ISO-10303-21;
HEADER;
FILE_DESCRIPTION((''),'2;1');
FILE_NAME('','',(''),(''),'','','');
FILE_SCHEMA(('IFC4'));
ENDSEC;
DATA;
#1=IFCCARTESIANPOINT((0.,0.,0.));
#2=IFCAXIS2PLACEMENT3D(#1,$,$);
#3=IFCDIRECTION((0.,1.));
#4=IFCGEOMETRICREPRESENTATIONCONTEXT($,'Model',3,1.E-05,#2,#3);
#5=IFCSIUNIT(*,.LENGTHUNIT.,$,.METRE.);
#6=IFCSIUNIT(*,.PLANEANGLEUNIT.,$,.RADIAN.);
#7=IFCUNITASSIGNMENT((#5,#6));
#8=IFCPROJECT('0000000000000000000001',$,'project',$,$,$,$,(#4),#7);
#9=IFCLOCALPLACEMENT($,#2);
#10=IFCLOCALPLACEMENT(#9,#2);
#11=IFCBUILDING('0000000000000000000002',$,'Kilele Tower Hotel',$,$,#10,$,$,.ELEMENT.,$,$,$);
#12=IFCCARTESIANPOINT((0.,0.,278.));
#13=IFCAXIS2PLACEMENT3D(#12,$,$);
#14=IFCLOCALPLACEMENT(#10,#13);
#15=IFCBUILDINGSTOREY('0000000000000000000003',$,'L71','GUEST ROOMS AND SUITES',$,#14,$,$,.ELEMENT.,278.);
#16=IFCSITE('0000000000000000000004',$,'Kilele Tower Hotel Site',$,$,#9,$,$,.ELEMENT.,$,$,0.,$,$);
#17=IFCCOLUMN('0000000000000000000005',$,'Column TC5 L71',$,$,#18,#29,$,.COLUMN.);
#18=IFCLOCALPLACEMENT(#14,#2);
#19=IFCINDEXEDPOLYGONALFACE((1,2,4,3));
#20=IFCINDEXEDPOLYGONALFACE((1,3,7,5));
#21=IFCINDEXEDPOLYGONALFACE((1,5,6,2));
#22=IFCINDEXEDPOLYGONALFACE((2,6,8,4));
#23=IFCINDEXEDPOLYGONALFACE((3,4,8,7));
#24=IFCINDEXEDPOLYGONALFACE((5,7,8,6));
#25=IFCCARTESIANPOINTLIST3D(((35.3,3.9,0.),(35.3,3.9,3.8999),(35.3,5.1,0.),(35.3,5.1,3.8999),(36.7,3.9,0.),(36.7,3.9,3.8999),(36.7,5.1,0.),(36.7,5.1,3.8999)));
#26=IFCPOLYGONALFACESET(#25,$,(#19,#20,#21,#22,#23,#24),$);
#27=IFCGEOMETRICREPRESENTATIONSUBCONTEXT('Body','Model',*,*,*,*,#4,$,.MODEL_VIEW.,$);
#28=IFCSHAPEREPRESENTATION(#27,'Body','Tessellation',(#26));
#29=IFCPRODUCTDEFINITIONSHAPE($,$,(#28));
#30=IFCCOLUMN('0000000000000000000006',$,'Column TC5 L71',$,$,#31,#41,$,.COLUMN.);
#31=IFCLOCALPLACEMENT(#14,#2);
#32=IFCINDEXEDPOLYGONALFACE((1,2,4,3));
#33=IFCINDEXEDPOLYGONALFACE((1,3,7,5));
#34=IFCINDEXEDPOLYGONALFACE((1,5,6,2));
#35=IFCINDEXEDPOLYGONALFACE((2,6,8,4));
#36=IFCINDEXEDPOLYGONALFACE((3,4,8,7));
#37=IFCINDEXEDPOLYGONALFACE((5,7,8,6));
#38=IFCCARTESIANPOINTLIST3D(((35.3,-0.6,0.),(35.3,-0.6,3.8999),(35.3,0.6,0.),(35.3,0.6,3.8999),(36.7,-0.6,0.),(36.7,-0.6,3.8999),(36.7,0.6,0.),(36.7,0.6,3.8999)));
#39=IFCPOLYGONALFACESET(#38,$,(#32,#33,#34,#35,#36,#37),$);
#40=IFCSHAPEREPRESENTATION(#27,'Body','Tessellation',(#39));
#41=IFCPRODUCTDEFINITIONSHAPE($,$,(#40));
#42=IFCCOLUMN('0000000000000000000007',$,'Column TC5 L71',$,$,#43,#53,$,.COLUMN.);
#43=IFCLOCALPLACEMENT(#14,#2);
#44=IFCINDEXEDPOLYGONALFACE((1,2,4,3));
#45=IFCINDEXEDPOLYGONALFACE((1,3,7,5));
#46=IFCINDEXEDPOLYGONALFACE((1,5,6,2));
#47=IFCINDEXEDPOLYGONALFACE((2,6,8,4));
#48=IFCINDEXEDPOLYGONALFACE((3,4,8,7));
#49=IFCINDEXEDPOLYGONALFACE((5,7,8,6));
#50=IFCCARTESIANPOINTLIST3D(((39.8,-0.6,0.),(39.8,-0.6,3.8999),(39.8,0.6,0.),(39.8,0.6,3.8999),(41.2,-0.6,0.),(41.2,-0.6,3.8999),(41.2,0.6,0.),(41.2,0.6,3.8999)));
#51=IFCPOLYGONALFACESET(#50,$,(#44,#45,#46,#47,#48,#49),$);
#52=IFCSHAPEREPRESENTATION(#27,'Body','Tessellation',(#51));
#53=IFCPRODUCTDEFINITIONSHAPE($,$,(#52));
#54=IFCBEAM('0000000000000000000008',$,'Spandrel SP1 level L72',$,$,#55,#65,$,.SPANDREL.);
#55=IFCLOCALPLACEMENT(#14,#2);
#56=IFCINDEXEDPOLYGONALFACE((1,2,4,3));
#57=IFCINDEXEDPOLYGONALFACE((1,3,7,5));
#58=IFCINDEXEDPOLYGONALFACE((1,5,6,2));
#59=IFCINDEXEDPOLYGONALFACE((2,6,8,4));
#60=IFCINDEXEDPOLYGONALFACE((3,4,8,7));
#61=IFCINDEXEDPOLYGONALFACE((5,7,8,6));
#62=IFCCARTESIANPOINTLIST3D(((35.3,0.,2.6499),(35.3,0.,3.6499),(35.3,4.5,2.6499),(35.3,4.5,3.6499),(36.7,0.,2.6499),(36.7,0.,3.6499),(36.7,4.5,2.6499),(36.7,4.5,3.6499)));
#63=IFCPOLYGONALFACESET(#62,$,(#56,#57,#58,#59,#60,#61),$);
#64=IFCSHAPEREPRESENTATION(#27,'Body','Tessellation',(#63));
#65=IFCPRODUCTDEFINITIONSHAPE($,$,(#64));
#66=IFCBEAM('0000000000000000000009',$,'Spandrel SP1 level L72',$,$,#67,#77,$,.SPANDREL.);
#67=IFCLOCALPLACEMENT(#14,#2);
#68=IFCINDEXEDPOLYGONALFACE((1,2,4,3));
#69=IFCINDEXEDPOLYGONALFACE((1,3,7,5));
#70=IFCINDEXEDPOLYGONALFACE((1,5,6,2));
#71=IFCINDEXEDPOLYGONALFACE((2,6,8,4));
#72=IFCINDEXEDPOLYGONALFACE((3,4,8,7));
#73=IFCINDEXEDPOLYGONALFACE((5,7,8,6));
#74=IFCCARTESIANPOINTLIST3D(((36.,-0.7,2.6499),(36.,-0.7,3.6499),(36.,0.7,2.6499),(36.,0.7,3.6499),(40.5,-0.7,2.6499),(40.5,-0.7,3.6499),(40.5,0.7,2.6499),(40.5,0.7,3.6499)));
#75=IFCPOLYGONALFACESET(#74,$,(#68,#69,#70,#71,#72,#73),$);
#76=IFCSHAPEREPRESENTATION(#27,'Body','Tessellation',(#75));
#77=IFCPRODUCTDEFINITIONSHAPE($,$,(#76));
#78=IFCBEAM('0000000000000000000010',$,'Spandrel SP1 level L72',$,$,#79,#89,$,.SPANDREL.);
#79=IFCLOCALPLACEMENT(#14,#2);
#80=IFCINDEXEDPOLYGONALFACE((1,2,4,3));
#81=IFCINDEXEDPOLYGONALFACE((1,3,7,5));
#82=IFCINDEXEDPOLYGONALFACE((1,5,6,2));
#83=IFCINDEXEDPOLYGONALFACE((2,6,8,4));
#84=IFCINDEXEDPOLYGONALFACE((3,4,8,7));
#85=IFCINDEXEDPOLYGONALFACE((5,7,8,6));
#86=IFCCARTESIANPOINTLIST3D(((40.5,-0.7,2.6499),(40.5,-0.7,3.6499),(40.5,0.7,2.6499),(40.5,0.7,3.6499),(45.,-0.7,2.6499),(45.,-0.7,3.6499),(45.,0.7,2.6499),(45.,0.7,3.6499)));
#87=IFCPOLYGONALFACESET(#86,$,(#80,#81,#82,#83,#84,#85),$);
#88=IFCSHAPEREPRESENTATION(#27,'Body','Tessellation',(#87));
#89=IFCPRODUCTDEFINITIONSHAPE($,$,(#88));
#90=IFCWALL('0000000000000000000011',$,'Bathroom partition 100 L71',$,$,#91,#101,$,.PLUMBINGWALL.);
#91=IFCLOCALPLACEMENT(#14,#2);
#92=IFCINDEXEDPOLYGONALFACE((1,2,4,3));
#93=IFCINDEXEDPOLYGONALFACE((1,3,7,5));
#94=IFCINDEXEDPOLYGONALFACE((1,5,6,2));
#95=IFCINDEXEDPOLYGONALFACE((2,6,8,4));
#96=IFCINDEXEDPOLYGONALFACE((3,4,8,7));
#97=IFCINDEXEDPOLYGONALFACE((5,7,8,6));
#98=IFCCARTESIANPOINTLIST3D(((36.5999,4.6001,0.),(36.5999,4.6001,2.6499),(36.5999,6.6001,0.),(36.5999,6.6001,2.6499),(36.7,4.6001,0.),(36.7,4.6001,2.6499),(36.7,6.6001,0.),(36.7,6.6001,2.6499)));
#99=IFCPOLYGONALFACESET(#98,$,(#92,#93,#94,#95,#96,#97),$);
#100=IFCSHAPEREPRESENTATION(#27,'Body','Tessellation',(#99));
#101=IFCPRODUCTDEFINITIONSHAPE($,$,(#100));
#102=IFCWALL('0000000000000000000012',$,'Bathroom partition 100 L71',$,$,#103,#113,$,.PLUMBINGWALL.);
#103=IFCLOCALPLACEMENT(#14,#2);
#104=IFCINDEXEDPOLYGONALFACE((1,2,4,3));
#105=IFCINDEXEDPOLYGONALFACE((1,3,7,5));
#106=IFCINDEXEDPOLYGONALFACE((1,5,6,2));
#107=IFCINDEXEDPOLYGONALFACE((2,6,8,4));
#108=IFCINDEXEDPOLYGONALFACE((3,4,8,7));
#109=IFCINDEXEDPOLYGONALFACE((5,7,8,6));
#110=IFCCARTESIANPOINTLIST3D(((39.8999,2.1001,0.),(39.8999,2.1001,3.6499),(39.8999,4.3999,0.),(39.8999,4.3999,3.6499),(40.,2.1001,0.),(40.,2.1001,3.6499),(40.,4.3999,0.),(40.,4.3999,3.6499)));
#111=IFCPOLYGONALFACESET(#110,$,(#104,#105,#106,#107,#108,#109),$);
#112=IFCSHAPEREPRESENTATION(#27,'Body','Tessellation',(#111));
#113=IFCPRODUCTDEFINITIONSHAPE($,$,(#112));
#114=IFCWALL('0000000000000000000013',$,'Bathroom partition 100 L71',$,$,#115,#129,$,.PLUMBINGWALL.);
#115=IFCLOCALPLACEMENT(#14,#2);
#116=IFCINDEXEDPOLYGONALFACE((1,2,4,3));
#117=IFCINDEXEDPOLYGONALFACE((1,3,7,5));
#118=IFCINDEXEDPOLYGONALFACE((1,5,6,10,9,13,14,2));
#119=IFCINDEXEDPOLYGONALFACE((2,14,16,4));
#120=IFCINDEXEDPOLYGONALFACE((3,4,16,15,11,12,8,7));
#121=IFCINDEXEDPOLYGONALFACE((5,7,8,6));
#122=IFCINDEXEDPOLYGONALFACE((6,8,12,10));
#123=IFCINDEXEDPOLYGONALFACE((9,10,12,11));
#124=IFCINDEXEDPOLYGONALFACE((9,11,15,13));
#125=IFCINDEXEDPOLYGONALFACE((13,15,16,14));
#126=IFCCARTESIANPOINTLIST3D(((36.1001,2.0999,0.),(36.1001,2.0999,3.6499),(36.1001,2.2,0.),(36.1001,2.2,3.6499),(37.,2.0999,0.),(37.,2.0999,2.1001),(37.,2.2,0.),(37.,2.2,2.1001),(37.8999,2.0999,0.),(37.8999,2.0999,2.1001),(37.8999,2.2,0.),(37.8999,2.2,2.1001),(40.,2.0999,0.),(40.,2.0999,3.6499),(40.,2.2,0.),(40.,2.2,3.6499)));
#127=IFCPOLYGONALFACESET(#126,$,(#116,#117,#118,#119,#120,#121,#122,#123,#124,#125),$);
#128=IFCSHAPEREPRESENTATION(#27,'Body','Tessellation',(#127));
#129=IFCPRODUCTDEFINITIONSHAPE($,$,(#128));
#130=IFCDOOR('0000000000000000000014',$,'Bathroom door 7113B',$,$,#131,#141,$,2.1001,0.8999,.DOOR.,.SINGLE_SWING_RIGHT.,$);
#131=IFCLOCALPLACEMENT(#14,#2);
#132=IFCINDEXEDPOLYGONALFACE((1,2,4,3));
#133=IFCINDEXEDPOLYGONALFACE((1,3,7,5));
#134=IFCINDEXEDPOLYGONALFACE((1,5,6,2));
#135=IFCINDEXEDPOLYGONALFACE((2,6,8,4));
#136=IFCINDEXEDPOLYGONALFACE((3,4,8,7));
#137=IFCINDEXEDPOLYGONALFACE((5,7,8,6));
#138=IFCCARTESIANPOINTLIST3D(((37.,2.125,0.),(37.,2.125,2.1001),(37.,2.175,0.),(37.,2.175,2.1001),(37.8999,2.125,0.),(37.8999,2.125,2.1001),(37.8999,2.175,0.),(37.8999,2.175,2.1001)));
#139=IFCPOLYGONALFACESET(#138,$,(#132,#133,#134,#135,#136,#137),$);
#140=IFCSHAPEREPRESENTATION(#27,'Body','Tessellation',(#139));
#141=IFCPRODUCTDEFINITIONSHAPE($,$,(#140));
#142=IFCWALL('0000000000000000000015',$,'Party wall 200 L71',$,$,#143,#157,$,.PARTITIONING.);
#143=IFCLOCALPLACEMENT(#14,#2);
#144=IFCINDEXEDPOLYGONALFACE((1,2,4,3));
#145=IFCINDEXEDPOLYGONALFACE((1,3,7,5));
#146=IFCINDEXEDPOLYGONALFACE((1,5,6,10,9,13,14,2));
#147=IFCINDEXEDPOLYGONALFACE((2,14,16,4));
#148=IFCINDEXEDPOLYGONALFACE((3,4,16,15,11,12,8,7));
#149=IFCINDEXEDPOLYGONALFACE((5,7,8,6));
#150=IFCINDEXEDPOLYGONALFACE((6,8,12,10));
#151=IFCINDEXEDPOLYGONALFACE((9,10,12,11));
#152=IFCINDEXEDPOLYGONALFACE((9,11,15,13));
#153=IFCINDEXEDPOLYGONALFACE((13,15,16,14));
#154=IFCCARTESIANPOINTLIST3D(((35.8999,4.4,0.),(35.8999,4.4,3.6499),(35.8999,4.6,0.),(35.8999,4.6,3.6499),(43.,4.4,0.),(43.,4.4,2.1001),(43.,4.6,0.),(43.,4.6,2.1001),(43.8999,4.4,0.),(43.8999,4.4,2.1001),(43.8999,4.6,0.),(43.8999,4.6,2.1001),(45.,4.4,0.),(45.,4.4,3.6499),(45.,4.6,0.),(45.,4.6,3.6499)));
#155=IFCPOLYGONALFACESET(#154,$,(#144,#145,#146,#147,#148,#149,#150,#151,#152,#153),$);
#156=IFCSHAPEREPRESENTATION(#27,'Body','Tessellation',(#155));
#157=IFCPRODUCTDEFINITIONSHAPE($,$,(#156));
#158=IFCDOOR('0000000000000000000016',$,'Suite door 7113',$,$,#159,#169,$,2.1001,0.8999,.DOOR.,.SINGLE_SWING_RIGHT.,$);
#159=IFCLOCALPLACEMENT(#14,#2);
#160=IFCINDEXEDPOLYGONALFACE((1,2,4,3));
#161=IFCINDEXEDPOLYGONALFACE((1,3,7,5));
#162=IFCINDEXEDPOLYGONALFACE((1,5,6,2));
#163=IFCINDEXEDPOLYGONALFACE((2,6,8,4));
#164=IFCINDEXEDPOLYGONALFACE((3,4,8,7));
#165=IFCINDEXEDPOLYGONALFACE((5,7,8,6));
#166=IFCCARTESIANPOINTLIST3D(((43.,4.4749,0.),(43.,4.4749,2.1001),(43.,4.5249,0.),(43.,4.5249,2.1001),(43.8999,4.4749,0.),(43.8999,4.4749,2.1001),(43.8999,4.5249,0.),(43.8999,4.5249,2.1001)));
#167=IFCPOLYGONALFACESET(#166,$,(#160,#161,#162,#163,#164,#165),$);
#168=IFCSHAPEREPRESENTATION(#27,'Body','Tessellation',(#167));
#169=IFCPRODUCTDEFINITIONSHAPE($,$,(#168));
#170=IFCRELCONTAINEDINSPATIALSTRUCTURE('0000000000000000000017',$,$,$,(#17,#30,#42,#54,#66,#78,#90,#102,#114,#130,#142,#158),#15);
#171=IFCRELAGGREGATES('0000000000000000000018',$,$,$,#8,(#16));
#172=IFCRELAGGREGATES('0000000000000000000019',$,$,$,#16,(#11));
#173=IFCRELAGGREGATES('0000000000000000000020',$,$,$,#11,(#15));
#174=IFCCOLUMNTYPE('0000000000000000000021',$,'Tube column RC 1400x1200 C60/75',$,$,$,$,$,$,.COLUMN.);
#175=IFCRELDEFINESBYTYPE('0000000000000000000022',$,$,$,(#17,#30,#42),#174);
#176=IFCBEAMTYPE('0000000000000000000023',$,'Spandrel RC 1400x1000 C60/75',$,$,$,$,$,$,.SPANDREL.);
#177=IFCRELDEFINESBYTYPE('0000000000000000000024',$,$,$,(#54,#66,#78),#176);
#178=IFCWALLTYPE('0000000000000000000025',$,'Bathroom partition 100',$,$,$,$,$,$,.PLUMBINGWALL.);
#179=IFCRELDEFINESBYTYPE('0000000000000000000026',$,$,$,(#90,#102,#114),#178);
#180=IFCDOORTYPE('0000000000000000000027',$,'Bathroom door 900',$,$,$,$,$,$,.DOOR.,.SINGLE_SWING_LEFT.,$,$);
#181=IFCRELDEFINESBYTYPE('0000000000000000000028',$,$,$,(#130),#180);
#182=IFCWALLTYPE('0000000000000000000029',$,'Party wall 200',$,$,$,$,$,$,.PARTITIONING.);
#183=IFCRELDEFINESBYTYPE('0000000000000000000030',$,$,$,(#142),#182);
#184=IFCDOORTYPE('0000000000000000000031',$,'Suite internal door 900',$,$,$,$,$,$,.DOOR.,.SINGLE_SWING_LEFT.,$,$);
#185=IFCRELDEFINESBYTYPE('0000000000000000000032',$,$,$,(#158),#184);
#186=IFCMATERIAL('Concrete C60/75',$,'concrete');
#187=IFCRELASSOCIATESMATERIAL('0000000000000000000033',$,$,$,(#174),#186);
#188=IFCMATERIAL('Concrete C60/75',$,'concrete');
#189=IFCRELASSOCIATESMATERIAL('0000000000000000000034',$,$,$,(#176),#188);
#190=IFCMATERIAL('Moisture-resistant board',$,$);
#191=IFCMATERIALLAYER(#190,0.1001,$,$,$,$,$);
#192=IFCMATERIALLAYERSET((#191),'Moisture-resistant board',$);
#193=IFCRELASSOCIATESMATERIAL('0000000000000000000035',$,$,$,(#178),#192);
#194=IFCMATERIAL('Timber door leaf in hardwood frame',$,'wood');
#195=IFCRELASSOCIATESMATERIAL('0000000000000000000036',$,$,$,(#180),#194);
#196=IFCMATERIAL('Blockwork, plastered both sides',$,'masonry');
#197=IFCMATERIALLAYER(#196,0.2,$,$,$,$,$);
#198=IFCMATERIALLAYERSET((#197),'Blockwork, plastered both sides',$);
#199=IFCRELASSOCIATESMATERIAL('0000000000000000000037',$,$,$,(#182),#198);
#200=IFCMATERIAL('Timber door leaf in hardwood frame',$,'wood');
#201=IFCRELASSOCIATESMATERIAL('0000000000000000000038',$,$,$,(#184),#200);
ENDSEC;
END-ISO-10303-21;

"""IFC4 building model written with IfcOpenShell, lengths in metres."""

from ifc_helpers import new_model, si_unit, direction, frame, frame_2d, origin, origin_2d, place, context, subcontext, project, spatial, rectangle, extrude, material, layer, layer_set, material_profile, profile_set, type_object, element, fill, save


model = new_model("IFC4")

# Units and contexts
model_context = context("Model", 3, precision=1e-05, world=origin(), true_north=direction((0.0, 1.0)))
body_context = subcontext(model_context, "Body", "Model", "MODEL_VIEW")
ifc_project = project(units=[si_unit("LENGTHUNIT", "METRE"), si_unit("PLANEANGLEUNIT", "RADIAN")], contexts=[model_context])

# Site, building, storey
site_placement = place(None, origin())
site = spatial("IfcSite", under=ifc_project, at=site_placement, Name="Kilele Tower Hotel Site", CompositionType="ELEMENT", RefElevation=0.0)
building_placement = place(site_placement, origin())
building = spatial("IfcBuilding", under=site, at=building_placement, Name="Kilele Tower Hotel", CompositionType="ELEMENT")
storey_placement = place(building_placement, frame((0.0, 0.0, 278.0)))
storey = spatial("IfcBuildingStorey", under=building, at=storey_placement, Name="L71", Description="GUEST ROOMS AND SUITES", CompositionType="ELEMENT", Elevation=278.0)

# Columns
ifc_material_1 = material(Name="Concrete C60/75", Category="concrete")
ifc_material_profile_1 = material_profile(ifc_material_1, rectangle(XDim=1.3999, YDim=1.2, at=origin_2d()))
ifc_profile_set_1 = profile_set([ifc_material_profile_1], Name="Concrete C60/75")
column_type = type_object("IfcColumnType", Name="Tube column RC 1400x1200 C60/75", PredefinedType="COLUMN", material=ifc_profile_set_1)
for number, where, z_axis, x_axis, name in (
    (1, (36.0, 4.5, 0.0), (0.0, 0.0, 1.0), (1.0, 0.0, 0.0), "Column TC5 L71"),
    (2, (36.0, 0.0, 0.0), (0.0, 0.0, 1.0), (1.0, 0.0, 0.0), "Column TC5 L71"),
    (3, (40.5, 0.0, 0.0), (0.0, 0.0, 1.0), (1.0, 0.0, 0.0), "Column TC5 L71"),
):
    element("IfcColumn", number, at=place(storey_placement, frame(where, z_axis=z_axis, x_axis=x_axis)), inside=storey, type_object=column_type, Name=name, PredefinedType="COLUMN", context=body_context, shape_type="SweptSolid", body=[
        extrude(rectangle(XDim=1.3999, YDim=1.2, at=origin_2d()), origin(), (0.0, 0.0, 1.0), 3.8999),
    ])

# Beams
ifc_material_2 = material(Name="Concrete C60/75", Category="concrete")
ifc_material_profile_2 = material_profile(ifc_material_2, rectangle(XDim=1.3999, YDim=1.0, at=origin_2d()))
ifc_profile_set_2 = profile_set([ifc_material_profile_2], Name="Concrete C60/75")
beam_type = type_object("IfcBeamType", Name="Spandrel RC 1400x1000 C60/75", PredefinedType="SPANDREL", material=ifc_profile_set_2)
for number, where, z_axis, x_axis, name in (
    (4, (36.0, 4.5, 3.1499), (0.0, -1.0, 0.0), (1.0, 0.0, 0.0), "Spandrel SP1 level L72"),
    (5, (36.0, 0.0, 3.1499), (1.0, 0.0, 0.0), (0.0, 1.0, 0.0), "Spandrel SP1 level L72"),
    (6, (40.5, 0.0, 3.1499), (1.0, 0.0, 0.0), (0.0, 1.0, 0.0), "Spandrel SP1 level L72"),
):
    element("IfcBeam", number, at=place(storey_placement, frame(where, z_axis=z_axis, x_axis=x_axis)), inside=storey, type_object=beam_type, Name=name, PredefinedType="SPANDREL", context=body_context, shape_type="SweptSolid", body=[
        extrude(rectangle(XDim=1.3999, YDim=1.0, at=origin_2d()), origin(), (0.0, 0.0, 1.0), 4.5),
    ])

# Walls
ifc_material_3 = material(Name="Moisture-resistant board")
ifc_layer_1 = layer(ifc_material_3, 0.1001)
ifc_layer_set_1 = layer_set([ifc_layer_1], Name="Moisture-resistant board")
wall_type_1 = type_object("IfcWallType", Name="Bathroom partition 100", PredefinedType="PLUMBINGWALL", material=ifc_layer_set_1)
wall_1_placement = place(storey_placement, frame((36.6499, 4.6001, 0.0), z_axis=(0.0, 0.0, 1.0), x_axis=(0.0, 1.0, 0.0)))
element("IfcWall", 7, at=wall_1_placement, inside=storey, type_object=wall_type_1, Name="Bathroom partition 100 L71", PredefinedType="PLUMBINGWALL", context=body_context, shape_type="SweptSolid", body=[
    extrude(rectangle(XDim=2.0, YDim=0.1001, at=frame_2d((1.0, 0.0))), origin(), (0.0, 0.0, 1.0), 2.6499),
])
wall_2_placement = place(storey_placement, frame((39.95, 4.3999, 0.0), z_axis=(0.0, 0.0, 1.0), x_axis=(0.0, -1.0, 0.0)))
element("IfcWall", 8, at=wall_2_placement, inside=storey, type_object=wall_type_1, Name="Bathroom partition 100 L71", PredefinedType="PLUMBINGWALL", context=body_context, shape_type="SweptSolid", body=[
    extrude(rectangle(XDim=2.2998, YDim=0.1001, at=frame_2d((1.1499, 0.0))), origin(), (0.0, 0.0, 1.0), 3.6499),
])

# Walls, openings, doors
wall_3_placement = place(storey_placement, frame((36.1001, 2.1499, 0.0), z_axis=(0.0, 0.0, 1.0), x_axis=(1.0, 0.0, 0.0)))
wall_3 = element("IfcWall", 9, at=wall_3_placement, inside=storey, type_object=wall_type_1, Name="Bathroom partition 100 L71", PredefinedType="PLUMBINGWALL", context=body_context, shape_type="SweptSolid", body=[
    extrude(rectangle(XDim=3.8999, YDim=0.1001, at=frame_2d((1.95, 0.0))), origin(), (0.0, 0.0, 1.0), 3.6499),
])
opening_1_placement = place(wall_3_placement, frame((1.7998, 0.0, 0.0), z_axis=(0.0, 0.0, 1.0), x_axis=(-1.0, 0.0, 0.0)))
opening_1 = element("IfcOpeningElement", 10, at=opening_1_placement, cuts=wall_3, PredefinedType="OPENING", context=body_context, shape_type="SweptSolid", body=[
    extrude(rectangle(XDim=0.8999, YDim=2.1001, at=frame_2d((0.45, 1.05))), frame((0.0, 0.0601, 0.0), z_axis=(0.0, -1.0, 0.0), x_axis=(1.0, 0.0, 0.0)), (0.0, 0.0, 1.0), 0.1201),
])
ifc_material_4 = material(Name="Timber door leaf in hardwood frame", Category="wood")
door_type_1 = type_object("IfcDoorType", Name="Bathroom door 900", OperationType="SINGLE_SWING_LEFT", PredefinedType="DOOR", material=ifc_material_4)
door_1_placement = place(opening_1_placement, origin())
door_1 = element("IfcDoor", 11, at=door_1_placement, inside=storey, type_object=door_type_1, Name="Bathroom door 7113B", OperationType="SINGLE_SWING_RIGHT", OverallHeight=2.1001, OverallWidth=0.8999, PredefinedType="DOOR", context=body_context, shape_type="SweptSolid", body=[
    extrude(rectangle(XDim=0.8999, YDim=2.1001, at=frame_2d((0.45, 1.05))), frame((0.0, 0.0249, 0.0), z_axis=(0.0, -1.0, 0.0), x_axis=(1.0, 0.0, 0.0)), (0.0, 0.0, 1.0), 0.05),
])
fill(opening_1, door_1)
ifc_material_5 = material(Name="Blockwork, plastered both sides", Category="masonry")
ifc_layer_2 = layer(ifc_material_5, 0.2)
ifc_layer_set_2 = layer_set([ifc_layer_2], Name="Blockwork, plastered both sides")
wall_type_2 = type_object("IfcWallType", Name="Party wall 200", PredefinedType="PARTITIONING", material=ifc_layer_set_2)
wall_4_placement = place(storey_placement, frame((35.8999, 4.5, 0.0), z_axis=(0.0, 0.0, 1.0), x_axis=(1.0, 0.0, 0.0)))
wall_4 = element("IfcWall", 12, at=wall_4_placement, inside=storey, type_object=wall_type_2, Name="Party wall 200 L71", PredefinedType="PARTITIONING", context=body_context, shape_type="SweptSolid", body=[
    extrude(rectangle(XDim=9.1001, YDim=0.2, at=frame_2d((4.55, 0.0))), origin(), (0.0, 0.0, 1.0), 3.6499),
])
opening_2_placement = place(wall_4_placement, frame((7.1001, 0.0, 0.0)))
opening_2 = element("IfcOpeningElement", 13, at=opening_2_placement, cuts=wall_4, PredefinedType="OPENING", context=body_context, shape_type="SweptSolid", body=[
    extrude(rectangle(XDim=0.8999, YDim=2.1001, at=frame_2d((0.45, 1.05))), frame((0.0, 0.1099, 0.0), z_axis=(0.0, -1.0, 0.0), x_axis=(1.0, 0.0, 0.0)), (0.0, 0.0, 1.0), 0.22),
])
ifc_material_6 = material(Name="Timber door leaf in hardwood frame", Category="wood")
door_type_2 = type_object("IfcDoorType", Name="Suite internal door 900", OperationType="SINGLE_SWING_LEFT", PredefinedType="DOOR", material=ifc_material_6)
door_2_placement = place(opening_2_placement, origin())
door_2 = element("IfcDoor", 14, at=door_2_placement, inside=storey, type_object=door_type_2, Name="Suite door 7113", OperationType="SINGLE_SWING_RIGHT", OverallHeight=2.1001, OverallWidth=0.8999, PredefinedType="DOOR", context=body_context, shape_type="SweptSolid", body=[
    extrude(rectangle(XDim=0.8999, YDim=2.1001, at=frame_2d((0.45, 1.05))), frame((0.0, 0.0249, 0.0), z_axis=(0.0, -1.0, 0.0), x_axis=(1.0, 0.0, 0.0)), (0.0, 0.0, 1.0), 0.05),
])
fill(opening_2, door_2)

save(model, "model.ifc")
